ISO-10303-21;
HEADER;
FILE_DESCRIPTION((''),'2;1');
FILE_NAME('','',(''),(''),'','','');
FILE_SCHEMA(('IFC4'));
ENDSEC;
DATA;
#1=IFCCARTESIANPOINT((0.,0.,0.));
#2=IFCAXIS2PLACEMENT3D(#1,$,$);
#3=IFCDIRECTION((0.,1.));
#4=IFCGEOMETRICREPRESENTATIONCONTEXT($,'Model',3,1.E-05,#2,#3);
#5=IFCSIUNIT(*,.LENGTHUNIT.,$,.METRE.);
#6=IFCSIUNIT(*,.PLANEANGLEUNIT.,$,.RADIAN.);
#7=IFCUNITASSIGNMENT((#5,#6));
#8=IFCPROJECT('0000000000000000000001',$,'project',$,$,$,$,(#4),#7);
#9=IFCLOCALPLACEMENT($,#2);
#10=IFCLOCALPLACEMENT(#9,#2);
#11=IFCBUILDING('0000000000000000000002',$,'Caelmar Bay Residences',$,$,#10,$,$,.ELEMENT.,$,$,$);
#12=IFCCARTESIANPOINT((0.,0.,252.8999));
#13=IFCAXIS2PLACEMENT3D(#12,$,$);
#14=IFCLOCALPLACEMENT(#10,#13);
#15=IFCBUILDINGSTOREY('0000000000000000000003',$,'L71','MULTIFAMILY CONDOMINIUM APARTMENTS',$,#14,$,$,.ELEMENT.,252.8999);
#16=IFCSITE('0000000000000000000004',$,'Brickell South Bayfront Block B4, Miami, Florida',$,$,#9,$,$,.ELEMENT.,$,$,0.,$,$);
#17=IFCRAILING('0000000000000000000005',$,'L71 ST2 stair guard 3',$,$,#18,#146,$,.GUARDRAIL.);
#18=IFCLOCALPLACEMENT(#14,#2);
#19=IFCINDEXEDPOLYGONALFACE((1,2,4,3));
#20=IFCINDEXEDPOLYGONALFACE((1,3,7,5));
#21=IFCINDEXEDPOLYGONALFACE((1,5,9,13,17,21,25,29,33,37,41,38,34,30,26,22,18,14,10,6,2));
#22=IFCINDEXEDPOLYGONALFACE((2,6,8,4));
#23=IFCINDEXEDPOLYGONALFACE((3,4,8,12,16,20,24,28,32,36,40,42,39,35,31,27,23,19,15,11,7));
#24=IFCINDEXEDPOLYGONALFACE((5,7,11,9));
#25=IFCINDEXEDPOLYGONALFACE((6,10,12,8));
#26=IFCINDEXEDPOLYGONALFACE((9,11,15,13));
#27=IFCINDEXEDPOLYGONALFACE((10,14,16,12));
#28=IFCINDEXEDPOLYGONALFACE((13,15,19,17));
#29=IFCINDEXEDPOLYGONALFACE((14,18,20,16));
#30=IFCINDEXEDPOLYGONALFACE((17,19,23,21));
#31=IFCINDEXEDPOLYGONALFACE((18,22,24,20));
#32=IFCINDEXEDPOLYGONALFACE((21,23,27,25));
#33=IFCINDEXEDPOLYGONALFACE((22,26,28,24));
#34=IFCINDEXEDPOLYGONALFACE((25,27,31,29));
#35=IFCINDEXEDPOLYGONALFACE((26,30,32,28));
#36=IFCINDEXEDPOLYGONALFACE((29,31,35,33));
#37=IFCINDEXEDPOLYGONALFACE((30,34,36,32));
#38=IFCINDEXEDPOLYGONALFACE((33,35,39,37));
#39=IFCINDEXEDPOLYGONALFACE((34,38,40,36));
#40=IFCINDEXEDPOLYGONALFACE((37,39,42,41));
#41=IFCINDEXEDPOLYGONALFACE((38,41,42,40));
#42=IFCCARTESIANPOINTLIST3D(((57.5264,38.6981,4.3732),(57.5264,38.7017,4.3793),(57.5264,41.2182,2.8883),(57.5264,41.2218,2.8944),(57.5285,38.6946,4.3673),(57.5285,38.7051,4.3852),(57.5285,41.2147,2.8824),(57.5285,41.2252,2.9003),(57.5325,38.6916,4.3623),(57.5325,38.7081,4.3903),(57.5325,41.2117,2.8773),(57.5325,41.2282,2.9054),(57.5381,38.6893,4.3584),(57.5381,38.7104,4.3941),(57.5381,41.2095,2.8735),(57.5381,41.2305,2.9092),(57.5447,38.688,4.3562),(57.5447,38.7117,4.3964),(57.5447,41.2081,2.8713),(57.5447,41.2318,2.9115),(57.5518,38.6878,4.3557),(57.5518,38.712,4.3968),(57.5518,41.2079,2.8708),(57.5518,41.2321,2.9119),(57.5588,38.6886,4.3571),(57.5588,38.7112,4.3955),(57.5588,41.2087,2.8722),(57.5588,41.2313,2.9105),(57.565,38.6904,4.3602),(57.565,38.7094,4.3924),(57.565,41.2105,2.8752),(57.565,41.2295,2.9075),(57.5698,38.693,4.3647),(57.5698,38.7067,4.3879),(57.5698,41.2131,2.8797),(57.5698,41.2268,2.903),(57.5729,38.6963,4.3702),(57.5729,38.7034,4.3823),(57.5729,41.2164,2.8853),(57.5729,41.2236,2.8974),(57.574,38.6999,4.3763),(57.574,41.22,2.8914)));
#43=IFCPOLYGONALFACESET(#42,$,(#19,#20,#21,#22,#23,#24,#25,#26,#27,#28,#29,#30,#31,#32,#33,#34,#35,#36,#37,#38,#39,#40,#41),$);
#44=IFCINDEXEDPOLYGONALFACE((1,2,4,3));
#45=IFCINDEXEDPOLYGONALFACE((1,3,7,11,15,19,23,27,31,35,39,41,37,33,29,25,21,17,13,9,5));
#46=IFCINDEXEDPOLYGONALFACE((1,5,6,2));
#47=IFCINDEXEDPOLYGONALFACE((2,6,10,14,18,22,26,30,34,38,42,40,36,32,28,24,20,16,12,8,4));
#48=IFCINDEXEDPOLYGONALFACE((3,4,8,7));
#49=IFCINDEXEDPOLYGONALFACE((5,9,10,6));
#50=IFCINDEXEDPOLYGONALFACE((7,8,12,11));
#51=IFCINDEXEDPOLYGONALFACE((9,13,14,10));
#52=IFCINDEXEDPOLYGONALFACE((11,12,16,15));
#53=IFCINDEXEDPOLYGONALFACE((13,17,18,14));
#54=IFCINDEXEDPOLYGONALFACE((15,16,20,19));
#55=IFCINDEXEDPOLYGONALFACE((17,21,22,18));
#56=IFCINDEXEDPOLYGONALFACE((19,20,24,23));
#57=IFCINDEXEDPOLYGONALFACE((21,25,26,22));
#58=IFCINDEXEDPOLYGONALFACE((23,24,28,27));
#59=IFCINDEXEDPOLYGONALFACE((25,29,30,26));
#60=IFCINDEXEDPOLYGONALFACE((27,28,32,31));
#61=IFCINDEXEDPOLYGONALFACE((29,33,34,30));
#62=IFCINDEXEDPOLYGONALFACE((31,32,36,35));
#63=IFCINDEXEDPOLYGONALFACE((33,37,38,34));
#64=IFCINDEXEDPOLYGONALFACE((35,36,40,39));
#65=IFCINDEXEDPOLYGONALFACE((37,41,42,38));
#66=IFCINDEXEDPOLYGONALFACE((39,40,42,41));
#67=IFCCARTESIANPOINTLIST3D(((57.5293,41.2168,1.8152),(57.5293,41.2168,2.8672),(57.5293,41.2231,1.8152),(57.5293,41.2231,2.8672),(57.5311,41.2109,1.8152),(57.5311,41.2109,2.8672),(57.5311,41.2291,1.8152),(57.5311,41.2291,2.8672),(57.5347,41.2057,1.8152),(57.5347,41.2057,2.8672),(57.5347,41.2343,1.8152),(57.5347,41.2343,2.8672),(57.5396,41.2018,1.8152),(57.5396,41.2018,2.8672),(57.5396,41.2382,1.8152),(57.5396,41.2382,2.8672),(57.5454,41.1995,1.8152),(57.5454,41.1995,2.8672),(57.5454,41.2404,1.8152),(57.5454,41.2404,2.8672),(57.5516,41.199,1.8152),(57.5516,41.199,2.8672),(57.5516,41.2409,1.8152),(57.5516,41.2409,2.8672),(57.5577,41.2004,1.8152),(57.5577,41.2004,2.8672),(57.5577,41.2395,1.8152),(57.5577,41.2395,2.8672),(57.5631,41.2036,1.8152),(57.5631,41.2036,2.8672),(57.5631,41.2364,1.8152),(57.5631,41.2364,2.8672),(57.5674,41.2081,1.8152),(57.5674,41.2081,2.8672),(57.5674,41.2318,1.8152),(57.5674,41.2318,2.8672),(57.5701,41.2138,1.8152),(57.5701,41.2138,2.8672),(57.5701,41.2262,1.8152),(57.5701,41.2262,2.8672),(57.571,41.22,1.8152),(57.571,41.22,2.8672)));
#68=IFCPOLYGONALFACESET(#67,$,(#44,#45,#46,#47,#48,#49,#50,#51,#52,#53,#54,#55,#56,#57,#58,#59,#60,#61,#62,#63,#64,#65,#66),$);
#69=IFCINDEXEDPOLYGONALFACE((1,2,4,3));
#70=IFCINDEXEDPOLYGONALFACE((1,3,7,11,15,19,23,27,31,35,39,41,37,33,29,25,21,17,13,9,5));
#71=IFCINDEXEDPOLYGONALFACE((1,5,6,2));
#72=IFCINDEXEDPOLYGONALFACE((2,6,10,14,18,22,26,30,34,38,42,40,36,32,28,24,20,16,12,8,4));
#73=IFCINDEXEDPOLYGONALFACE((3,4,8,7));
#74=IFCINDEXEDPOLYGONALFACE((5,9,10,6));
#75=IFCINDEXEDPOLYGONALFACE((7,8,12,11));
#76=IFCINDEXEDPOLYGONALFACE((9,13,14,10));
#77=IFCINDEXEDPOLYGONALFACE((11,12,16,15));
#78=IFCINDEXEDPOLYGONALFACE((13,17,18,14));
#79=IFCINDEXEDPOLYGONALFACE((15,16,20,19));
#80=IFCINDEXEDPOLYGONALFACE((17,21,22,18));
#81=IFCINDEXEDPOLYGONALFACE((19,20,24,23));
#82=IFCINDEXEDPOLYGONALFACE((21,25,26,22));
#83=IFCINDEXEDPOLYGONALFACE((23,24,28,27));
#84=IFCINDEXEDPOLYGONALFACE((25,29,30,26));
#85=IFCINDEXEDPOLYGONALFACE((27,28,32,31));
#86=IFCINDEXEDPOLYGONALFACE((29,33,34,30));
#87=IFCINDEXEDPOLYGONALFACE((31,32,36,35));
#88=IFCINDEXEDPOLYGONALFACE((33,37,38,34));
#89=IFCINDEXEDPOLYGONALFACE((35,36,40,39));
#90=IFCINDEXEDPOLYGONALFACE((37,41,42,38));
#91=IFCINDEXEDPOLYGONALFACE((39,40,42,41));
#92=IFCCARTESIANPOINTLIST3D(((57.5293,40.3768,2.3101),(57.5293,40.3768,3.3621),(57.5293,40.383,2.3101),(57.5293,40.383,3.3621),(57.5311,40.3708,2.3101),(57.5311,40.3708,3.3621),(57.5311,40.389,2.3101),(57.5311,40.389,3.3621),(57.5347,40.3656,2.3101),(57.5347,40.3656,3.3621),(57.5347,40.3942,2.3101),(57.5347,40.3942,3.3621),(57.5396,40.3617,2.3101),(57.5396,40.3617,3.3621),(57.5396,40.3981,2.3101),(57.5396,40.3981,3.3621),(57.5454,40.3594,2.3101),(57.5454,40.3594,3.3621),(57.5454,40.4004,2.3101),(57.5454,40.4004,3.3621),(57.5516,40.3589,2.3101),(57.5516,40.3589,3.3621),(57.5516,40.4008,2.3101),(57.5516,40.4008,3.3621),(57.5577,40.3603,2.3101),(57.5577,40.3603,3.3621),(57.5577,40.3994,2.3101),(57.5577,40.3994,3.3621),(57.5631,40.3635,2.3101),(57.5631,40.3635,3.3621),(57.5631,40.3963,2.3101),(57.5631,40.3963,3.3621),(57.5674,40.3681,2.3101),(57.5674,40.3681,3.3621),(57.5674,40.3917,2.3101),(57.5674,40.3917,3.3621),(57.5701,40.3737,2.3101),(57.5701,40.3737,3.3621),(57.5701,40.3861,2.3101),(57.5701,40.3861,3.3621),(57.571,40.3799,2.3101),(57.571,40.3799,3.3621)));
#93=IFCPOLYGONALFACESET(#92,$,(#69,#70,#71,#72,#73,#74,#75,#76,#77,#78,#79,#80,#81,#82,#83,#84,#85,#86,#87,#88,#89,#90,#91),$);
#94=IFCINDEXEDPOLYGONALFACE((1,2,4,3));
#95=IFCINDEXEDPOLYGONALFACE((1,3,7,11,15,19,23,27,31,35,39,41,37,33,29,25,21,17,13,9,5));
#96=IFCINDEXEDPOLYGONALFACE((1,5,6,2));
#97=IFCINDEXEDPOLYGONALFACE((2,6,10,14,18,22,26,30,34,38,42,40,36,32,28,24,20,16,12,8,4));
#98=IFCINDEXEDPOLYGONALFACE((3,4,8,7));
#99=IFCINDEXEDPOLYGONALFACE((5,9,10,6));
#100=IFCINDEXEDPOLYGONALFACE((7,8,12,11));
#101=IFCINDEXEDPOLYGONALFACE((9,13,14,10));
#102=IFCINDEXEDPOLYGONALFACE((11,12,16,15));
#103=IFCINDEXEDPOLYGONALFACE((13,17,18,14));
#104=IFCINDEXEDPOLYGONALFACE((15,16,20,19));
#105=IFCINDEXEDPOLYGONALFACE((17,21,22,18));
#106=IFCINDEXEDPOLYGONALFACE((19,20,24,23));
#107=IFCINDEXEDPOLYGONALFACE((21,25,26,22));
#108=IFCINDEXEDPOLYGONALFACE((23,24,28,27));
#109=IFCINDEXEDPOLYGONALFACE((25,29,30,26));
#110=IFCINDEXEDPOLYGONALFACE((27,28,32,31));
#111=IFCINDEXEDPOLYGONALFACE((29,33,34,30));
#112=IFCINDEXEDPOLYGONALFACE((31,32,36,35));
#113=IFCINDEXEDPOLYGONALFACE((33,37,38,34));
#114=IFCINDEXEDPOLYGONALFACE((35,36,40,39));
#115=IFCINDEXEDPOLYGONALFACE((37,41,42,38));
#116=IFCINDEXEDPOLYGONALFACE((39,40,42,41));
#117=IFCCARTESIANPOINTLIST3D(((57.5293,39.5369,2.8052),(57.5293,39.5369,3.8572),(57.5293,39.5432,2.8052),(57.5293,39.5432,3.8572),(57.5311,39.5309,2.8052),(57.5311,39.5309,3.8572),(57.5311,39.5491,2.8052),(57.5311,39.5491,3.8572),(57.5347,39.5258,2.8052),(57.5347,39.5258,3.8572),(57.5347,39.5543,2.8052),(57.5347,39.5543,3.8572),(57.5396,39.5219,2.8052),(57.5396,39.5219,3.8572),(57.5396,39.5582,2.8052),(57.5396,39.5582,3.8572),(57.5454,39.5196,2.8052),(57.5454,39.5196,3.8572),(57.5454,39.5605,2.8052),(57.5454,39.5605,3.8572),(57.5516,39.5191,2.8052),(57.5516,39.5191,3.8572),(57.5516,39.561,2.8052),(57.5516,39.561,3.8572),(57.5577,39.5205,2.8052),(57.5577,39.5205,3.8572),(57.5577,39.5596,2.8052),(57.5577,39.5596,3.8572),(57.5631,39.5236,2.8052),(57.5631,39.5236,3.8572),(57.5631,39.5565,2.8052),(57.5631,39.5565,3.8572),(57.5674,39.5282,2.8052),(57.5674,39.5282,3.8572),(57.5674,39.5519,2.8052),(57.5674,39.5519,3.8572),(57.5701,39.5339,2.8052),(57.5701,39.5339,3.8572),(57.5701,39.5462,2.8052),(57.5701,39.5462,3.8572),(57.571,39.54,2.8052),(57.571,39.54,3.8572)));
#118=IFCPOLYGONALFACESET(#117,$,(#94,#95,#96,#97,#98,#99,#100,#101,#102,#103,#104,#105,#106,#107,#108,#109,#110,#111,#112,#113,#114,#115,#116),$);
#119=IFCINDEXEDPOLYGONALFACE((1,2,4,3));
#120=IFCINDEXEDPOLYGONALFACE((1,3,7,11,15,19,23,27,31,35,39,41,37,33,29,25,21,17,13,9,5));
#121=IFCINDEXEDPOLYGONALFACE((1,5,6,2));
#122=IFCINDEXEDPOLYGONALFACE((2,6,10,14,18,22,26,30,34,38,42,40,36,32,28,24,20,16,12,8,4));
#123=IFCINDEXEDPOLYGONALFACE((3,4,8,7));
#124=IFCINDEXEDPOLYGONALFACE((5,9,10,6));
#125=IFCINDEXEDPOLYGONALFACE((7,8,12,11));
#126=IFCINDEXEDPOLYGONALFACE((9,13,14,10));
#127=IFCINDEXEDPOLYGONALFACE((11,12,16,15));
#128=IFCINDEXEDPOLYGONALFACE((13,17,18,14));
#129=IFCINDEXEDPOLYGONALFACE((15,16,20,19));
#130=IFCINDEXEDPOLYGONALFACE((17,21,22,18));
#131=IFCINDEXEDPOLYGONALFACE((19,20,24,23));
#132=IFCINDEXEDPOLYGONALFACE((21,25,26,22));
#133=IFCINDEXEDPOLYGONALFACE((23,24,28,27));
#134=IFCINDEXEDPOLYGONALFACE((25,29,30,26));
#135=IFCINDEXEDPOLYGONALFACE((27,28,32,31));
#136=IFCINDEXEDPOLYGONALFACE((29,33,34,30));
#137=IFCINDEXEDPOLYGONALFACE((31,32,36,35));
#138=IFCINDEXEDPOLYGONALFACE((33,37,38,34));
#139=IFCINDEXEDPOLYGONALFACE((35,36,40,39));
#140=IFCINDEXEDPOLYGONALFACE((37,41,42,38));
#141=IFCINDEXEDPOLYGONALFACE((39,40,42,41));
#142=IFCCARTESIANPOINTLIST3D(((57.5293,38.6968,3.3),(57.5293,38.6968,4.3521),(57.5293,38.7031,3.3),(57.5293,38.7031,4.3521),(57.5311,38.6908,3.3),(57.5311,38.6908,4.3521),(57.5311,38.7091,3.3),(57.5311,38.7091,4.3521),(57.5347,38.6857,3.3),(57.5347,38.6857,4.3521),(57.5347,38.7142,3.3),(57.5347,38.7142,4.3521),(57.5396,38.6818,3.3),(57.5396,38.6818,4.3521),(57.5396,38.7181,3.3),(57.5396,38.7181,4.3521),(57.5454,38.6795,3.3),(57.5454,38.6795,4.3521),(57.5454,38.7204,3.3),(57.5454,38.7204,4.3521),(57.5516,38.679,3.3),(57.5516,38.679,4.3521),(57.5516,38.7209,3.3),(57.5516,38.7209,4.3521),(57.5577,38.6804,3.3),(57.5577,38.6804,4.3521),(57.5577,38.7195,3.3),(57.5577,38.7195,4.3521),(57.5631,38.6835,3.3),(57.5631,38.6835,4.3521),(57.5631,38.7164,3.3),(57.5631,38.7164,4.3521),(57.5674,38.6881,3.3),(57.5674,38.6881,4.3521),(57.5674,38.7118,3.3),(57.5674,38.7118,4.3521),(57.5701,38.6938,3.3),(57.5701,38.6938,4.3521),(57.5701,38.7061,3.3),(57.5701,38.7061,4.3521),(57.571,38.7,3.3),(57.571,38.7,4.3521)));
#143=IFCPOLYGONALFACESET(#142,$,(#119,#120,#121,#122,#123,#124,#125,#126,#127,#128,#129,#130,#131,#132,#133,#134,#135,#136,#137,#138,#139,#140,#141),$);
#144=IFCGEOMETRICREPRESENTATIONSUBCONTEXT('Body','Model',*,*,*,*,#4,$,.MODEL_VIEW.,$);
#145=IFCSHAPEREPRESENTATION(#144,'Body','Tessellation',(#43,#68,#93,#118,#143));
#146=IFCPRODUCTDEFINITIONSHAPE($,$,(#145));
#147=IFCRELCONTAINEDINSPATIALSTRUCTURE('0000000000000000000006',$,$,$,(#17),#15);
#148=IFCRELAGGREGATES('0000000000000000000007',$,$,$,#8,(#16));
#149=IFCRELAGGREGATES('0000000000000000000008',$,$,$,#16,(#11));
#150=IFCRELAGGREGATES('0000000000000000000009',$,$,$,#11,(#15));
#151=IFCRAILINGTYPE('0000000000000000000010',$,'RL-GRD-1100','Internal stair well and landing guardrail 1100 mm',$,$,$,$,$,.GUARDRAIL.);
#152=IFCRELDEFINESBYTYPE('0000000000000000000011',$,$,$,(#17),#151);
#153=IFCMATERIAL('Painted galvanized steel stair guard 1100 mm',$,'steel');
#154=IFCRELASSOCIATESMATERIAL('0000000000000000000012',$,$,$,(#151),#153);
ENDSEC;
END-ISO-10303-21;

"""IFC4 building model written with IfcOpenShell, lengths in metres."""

from ifc_helpers import new_model, si_unit, direction, frame, origin, origin_2d, place, context, subcontext, project, spatial, circle, extrude, material, type_object, element, save


model = new_model("IFC4")

# Units and contexts
model_context = context("Model", 3, precision=1e-05, world=origin(), true_north=direction((0.0, 1.0)))
body_context = subcontext(model_context, "Body", "Model", "MODEL_VIEW")
ifc_project = project(units=[si_unit("LENGTHUNIT", "METRE"), si_unit("PLANEANGLEUNIT", "RADIAN")], contexts=[model_context])

# Site, building, storey
site_placement = place(None, origin())
site = spatial("IfcSite", under=ifc_project, at=site_placement, Name="Brickell South Bayfront Block B4, Miami, Florida", CompositionType="ELEMENT", RefElevation=0.0)
building_placement = place(site_placement, origin())
building = spatial("IfcBuilding", under=site, at=building_placement, Name="Caelmar Bay Residences", CompositionType="ELEMENT")
storey_placement = place(building_placement, frame((0.0, 0.0, 252.8999)))
storey = spatial("IfcBuildingStorey", under=building, at=storey_placement, Name="L71", Description="MULTIFAMILY CONDOMINIUM APARTMENTS", CompositionType="ELEMENT", Elevation=252.8999)

# Railing
ifc_material_1 = material(Name="Painted galvanized steel stair guard 1100 mm", Category="steel")
railing_type_1 = type_object("IfcRailingType", Name="RL-GRD-1100", Description="Internal stair well and landing guardrail 1100 mm", PredefinedType="GUARDRAIL", material=ifc_material_1)
railing_1_placement = place(storey_placement, frame((57.55, 41.22, 1.8152)))
element("IfcRailing", 1, at=railing_1_placement, inside=storey, type_object=railing_type_1, Name="L71 ST2 stair guard 3", PredefinedType="GUARDRAIL", context=body_context, shape_type="SweptSolid", body=[
    extrude(circle(Radius=0.0239, at=origin_2d()), frame((0.0, 0.0, 1.0762), z_axis=(0.0, -0.861561, 0.507655), x_axis=(1.0, 0.0, 0.0)), (0.0, 0.0, 1.0), 2.925),
    extrude(circle(Radius=0.021, at=origin_2d()), origin(), (0.0, 0.0, 1.0), 1.052),
    extrude(circle(Radius=0.021, at=origin_2d()), frame((0.0, -0.8401, 0.4949)), (0.0, 0.0, 1.0), 1.052),
    extrude(circle(Radius=0.021, at=origin_2d()), frame((0.0, -1.6799, 0.99)), (0.0, 0.0, 1.0), 1.052),
    extrude(circle(Radius=0.021, at=origin_2d()), frame((0.0, -2.52, 1.4849)), (0.0, 0.0, 1.0), 1.052),
])

save(model, "model.ifc")
